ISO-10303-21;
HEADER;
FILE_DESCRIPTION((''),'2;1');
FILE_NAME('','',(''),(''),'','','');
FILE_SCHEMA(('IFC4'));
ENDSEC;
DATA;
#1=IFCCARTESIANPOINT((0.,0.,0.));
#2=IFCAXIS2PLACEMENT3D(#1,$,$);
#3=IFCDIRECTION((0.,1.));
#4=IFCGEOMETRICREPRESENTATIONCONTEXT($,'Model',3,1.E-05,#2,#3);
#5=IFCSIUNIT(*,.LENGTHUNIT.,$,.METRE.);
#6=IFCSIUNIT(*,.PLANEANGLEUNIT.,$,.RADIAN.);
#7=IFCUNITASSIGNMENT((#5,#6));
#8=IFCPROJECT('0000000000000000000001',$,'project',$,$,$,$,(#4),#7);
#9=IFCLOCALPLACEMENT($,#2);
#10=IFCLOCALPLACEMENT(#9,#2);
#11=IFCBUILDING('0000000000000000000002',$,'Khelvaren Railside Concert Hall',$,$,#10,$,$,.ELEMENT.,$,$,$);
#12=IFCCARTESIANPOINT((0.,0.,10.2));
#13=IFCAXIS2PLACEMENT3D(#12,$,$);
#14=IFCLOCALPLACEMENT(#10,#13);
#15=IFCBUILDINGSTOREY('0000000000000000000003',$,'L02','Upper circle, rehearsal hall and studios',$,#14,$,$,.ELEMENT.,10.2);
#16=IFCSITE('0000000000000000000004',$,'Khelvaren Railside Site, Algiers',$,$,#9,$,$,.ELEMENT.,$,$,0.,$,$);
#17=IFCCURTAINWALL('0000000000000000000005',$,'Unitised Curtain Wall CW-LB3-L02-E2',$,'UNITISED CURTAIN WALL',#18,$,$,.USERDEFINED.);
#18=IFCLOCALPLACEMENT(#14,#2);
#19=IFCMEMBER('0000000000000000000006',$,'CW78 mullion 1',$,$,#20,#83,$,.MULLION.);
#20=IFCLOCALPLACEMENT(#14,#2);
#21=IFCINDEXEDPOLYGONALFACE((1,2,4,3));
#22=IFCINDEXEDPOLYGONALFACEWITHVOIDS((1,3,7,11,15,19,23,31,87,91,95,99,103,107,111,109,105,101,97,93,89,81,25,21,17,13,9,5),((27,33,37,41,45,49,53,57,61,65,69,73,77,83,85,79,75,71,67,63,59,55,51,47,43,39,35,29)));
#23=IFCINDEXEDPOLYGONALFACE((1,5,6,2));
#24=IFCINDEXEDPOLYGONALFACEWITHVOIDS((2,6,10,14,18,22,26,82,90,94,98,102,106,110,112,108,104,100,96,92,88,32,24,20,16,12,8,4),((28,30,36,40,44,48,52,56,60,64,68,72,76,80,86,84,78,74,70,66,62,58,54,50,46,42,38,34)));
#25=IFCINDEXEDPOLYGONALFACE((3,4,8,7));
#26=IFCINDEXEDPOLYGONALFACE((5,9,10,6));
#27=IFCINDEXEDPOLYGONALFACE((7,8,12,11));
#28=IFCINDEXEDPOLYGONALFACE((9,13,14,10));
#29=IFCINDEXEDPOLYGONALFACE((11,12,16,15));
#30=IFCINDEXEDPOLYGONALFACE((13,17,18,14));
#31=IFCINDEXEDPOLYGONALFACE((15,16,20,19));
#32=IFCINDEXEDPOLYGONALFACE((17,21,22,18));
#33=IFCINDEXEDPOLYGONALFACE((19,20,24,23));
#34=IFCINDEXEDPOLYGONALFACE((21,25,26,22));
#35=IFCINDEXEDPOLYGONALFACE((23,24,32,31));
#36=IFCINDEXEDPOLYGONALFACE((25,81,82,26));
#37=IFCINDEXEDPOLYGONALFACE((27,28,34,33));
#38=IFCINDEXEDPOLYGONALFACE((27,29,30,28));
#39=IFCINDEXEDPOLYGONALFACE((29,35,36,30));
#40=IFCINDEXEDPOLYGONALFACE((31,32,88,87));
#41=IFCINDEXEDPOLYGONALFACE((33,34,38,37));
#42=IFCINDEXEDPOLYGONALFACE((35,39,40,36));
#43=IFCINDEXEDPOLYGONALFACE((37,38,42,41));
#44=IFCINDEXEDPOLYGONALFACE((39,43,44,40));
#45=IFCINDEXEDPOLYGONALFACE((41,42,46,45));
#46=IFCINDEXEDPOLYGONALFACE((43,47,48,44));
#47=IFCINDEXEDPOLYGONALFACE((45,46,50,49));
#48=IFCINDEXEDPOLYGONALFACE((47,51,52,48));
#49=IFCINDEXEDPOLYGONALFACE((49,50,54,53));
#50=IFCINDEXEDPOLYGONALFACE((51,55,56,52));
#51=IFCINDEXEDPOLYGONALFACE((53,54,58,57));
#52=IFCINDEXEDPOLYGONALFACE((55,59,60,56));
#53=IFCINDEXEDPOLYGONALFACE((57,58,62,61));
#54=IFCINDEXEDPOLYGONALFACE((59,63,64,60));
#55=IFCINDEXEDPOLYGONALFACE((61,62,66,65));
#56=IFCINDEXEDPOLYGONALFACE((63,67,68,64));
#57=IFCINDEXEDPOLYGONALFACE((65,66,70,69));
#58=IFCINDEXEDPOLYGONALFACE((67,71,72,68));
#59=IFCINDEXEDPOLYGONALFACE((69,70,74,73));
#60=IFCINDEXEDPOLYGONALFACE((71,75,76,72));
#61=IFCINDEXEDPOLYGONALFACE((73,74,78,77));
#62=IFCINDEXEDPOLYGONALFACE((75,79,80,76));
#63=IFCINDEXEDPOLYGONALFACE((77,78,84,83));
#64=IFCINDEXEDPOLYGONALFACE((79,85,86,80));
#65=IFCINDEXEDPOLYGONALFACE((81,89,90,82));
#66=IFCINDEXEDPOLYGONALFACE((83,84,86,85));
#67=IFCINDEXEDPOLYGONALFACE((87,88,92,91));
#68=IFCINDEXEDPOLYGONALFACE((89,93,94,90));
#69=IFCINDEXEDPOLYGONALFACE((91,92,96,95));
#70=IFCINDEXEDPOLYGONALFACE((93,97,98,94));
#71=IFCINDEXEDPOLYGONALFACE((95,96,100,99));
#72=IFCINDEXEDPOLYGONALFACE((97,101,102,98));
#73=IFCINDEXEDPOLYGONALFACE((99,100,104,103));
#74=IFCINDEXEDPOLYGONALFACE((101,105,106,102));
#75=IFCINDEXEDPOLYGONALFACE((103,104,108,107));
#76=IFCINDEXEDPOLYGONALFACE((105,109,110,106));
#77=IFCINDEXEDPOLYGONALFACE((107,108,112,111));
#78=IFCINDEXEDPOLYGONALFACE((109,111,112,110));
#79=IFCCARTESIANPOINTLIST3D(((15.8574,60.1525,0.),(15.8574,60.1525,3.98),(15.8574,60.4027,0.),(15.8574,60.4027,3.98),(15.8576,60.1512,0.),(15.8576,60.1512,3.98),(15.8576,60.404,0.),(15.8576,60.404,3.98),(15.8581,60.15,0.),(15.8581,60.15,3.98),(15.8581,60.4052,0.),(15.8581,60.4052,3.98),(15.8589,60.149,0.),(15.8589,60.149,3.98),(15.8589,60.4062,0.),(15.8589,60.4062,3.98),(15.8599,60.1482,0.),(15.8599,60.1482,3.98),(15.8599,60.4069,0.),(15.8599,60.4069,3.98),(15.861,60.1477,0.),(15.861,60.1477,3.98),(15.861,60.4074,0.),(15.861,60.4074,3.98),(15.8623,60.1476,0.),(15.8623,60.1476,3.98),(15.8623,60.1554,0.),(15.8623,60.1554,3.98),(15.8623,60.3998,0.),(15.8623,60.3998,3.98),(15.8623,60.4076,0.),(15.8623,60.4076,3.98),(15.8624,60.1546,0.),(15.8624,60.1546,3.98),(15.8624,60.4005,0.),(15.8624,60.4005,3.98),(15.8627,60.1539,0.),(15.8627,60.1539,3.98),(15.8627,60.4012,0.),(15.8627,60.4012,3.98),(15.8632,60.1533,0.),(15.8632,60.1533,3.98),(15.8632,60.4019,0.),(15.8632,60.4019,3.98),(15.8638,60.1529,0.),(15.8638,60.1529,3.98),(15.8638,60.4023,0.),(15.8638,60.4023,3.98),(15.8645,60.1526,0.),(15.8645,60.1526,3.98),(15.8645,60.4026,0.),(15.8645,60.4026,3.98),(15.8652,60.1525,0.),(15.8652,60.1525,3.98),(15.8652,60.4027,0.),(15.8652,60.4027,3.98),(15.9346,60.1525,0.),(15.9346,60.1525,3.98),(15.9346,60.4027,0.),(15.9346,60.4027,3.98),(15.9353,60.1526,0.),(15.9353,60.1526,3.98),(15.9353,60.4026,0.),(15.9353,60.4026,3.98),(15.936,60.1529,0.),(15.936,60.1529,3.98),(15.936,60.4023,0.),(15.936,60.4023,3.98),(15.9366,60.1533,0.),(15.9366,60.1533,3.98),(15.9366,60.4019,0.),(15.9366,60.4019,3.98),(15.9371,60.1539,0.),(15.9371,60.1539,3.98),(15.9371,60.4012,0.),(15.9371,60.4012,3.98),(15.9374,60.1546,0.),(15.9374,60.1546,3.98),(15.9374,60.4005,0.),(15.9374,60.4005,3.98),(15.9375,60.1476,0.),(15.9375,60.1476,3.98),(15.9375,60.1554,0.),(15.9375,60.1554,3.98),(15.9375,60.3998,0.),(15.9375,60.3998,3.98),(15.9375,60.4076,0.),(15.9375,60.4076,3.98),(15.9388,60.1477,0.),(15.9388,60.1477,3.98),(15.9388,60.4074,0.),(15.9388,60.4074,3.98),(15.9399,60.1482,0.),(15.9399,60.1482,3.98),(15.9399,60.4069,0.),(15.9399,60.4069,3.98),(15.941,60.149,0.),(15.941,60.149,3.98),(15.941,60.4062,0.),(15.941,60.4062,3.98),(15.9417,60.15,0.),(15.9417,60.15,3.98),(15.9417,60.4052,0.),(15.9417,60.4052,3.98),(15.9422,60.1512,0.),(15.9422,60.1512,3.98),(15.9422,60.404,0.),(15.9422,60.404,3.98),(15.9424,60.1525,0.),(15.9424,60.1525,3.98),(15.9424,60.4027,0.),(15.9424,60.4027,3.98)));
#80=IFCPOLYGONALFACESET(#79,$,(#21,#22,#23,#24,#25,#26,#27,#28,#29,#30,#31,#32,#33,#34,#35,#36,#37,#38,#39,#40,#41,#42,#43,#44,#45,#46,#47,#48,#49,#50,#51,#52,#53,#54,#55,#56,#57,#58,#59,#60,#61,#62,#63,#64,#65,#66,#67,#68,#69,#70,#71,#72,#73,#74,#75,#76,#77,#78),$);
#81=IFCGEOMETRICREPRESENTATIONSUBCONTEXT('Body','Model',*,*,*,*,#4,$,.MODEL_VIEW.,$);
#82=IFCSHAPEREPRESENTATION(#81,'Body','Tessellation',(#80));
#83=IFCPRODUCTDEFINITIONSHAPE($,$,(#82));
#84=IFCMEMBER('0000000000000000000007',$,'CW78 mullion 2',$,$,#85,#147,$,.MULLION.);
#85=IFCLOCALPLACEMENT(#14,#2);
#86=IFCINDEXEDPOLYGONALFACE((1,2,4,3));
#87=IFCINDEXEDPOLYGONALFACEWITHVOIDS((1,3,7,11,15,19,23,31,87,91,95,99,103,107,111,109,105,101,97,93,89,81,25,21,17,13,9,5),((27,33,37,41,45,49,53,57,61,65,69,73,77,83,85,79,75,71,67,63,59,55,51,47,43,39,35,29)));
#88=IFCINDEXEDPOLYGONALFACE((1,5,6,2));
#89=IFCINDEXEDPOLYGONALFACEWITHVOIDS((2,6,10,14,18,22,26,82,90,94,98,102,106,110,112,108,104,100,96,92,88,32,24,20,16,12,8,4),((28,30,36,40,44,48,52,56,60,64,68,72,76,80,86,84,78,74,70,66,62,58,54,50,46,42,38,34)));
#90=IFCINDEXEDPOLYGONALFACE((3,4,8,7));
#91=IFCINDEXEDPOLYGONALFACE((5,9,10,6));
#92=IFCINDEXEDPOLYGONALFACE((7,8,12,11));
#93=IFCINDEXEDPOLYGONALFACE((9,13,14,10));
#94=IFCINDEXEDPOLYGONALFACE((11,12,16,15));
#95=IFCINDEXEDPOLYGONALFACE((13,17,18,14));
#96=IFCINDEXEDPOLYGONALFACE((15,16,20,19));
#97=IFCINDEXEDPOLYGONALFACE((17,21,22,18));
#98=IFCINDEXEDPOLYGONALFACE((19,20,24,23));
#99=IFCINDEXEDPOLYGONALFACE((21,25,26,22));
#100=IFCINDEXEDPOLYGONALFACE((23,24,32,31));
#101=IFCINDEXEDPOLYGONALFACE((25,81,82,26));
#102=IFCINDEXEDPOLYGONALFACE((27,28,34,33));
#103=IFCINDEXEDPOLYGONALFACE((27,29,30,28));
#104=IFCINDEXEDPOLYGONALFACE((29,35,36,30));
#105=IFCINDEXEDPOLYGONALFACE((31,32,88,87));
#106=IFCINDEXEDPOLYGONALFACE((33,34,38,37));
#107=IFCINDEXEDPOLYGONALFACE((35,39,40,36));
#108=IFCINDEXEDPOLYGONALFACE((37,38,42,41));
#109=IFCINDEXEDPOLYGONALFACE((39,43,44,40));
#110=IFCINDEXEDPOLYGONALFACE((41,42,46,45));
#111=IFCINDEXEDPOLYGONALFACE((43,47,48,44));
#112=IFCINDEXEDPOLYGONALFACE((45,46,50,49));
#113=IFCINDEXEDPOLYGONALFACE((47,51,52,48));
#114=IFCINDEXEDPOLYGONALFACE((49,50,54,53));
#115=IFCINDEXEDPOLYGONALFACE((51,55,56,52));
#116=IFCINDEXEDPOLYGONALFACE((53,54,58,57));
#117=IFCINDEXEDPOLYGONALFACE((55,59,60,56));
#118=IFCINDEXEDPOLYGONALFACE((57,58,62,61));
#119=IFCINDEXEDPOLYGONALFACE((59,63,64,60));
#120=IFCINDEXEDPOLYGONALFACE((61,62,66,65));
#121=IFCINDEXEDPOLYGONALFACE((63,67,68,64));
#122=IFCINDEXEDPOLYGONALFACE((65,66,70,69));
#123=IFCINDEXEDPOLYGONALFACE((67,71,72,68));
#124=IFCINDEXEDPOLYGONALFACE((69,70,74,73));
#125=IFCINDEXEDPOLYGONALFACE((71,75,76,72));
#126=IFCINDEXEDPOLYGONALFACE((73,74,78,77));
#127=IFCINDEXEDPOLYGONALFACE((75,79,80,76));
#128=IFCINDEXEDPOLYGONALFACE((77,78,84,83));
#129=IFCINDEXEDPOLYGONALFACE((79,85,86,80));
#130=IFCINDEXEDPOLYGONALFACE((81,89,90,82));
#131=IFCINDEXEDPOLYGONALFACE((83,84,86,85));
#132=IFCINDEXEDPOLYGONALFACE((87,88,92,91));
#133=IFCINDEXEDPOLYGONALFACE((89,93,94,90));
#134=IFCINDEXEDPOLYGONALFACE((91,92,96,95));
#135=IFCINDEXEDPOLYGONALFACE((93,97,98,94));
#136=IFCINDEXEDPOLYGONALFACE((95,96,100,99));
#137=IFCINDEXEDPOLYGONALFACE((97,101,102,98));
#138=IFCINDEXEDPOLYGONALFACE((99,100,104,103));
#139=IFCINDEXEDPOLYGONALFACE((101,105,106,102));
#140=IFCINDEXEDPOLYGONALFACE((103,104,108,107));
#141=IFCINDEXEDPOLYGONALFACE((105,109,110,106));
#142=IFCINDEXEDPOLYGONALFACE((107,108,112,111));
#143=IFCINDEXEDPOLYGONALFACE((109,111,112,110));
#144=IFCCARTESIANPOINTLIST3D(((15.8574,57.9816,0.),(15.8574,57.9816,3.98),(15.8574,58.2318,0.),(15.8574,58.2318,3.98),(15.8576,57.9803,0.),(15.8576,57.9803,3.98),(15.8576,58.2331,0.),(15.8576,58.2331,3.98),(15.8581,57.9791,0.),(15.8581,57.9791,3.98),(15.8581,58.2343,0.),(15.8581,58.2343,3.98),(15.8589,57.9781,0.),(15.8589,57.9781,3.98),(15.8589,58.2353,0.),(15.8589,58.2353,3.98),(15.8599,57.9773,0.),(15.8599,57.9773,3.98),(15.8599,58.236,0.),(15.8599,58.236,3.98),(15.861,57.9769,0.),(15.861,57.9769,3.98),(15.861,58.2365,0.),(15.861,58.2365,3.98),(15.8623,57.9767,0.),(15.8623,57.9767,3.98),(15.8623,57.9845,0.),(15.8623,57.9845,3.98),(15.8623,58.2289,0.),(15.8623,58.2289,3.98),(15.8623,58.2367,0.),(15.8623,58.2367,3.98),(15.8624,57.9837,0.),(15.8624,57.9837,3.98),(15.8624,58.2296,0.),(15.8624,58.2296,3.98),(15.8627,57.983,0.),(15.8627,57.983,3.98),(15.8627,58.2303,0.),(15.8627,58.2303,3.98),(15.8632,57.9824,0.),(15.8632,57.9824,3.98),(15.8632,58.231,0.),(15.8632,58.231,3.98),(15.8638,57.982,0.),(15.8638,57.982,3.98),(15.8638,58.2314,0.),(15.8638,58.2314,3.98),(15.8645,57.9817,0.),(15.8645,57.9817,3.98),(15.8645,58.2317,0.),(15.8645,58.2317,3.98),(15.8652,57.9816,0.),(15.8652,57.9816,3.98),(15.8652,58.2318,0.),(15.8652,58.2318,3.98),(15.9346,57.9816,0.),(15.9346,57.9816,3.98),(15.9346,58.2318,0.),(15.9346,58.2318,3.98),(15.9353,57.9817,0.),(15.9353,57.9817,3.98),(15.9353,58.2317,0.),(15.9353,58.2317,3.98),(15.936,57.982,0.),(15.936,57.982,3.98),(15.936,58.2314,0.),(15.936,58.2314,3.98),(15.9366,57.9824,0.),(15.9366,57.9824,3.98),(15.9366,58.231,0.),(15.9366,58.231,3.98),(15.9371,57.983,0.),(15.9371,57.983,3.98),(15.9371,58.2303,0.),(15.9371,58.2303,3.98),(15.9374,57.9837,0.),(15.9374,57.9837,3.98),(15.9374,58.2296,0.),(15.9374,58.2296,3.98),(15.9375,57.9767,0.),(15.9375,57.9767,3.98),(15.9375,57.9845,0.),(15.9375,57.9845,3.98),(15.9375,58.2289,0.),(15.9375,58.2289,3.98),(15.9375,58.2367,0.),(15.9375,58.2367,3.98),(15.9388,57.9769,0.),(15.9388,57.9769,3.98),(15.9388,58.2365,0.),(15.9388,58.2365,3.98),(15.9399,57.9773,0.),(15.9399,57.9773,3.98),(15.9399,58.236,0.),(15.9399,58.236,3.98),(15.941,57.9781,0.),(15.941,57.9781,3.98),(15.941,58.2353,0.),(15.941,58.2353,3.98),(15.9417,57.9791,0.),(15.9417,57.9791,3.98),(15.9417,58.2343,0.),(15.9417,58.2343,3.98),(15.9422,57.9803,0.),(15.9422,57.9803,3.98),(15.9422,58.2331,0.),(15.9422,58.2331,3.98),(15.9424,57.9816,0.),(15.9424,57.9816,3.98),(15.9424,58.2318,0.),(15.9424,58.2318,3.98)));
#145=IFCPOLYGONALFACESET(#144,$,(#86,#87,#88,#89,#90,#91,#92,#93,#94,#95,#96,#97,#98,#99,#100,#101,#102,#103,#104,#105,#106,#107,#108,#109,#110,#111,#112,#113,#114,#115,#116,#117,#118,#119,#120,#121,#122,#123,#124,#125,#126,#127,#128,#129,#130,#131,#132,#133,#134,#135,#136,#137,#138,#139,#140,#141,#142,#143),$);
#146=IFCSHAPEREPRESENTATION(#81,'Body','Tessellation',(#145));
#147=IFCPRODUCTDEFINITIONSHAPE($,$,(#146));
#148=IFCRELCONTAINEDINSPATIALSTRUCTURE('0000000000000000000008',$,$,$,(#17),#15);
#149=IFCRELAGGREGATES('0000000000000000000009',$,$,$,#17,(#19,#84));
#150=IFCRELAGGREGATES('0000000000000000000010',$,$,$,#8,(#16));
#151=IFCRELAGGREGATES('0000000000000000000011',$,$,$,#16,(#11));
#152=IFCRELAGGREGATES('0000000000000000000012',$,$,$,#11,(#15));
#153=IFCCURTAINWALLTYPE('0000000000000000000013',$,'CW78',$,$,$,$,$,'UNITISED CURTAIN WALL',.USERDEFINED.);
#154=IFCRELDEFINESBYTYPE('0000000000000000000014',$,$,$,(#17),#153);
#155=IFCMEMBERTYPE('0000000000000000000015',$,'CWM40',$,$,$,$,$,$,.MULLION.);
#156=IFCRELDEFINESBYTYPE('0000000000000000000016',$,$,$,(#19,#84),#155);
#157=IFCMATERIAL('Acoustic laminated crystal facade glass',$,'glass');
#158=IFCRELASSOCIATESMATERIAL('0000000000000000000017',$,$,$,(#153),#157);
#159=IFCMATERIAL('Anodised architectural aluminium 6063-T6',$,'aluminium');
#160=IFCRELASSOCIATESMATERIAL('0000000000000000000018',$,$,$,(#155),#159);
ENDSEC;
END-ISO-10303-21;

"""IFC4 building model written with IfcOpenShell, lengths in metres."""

from ifc_helpers import new_model, si_unit, direction, frame, origin, origin_2d, place, context, subcontext, project, spatial, hollow_rectangle, extrude, material, material_profile, profile_set, type_object, element, aggregate, save


model = new_model("IFC4")

# Units and contexts
model_context = context("Model", 3, precision=1e-05, world=origin(), true_north=direction((0.0, 1.0)))
body_context = subcontext(model_context, "Body", "Model", "MODEL_VIEW")
ifc_project = project(units=[si_unit("LENGTHUNIT", "METRE"), si_unit("PLANEANGLEUNIT", "RADIAN")], contexts=[model_context])

# Site, building, storey
site_placement = place(None, origin())
site = spatial("IfcSite", under=ifc_project, at=site_placement, Name="Khelvaren Railside Site, Algiers", CompositionType="ELEMENT", RefElevation=0.0)
building_placement = place(site_placement, origin())
building = spatial("IfcBuilding", under=site, at=building_placement, Name="Khelvaren Railside Concert Hall", CompositionType="ELEMENT")
storey_placement = place(building_placement, frame((0.0, 0.0, 10.2)))
storey = spatial("IfcBuildingStorey", under=building, at=storey_placement, Name="L02", Description="Upper circle, rehearsal hall and studios", CompositionType="ELEMENT", Elevation=10.2)

# Curtain wall, members
ifc_material_1 = material(Name="Acoustic laminated crystal facade glass", Category="glass")
curtain_wall_type = type_object("IfcCurtainWallType", Name="CW78", ElementType="UNITISED CURTAIN WALL", PredefinedType="USERDEFINED", material=ifc_material_1)
curtain_wall_1_placement = place(storey_placement, origin())
curtain_wall_1 = element("IfcCurtainWall", 1, at=curtain_wall_1_placement, inside=storey, type_object=curtain_wall_type, Name="Unitised Curtain Wall CW-LB3-L02-E2", ObjectType="UNITISED CURTAIN WALL", PredefinedType="USERDEFINED")
ifc_material_2 = material(Name="Anodised architectural aluminium 6063-T6", Category="aluminium")
ifc_material_profile_1 = material_profile(ifc_material_2, hollow_rectangle(XDim=0.085, YDim=0.26, WallThickness=0.0049, InnerFilletRadius=0.0029, OuterFilletRadius=0.0049, at=origin_2d()), Name="CWM 85x260x5")
ifc_profile_set_1 = profile_set([ifc_material_profile_1], Name="Anodised architectural aluminium 6063-T6")
member_type_1 = type_object("IfcMemberType", Name="CWM40", PredefinedType="MULLION", material=ifc_profile_set_1)
member_1_placement = place(storey_placement, frame((15.8999, 60.2776, 0.0), z_axis=(0.0, 0.0, 1.0), x_axis=(1.0, 0.0, 0.0)))
member_1 = element("IfcMember", 2, at=member_1_placement, type_object=member_type_1, Name="CW78 mullion 1", PredefinedType="MULLION", context=body_context, shape_type="SweptSolid", body=[
    extrude(hollow_rectangle(XDim=0.085, YDim=0.26, WallThickness=0.0049, InnerFilletRadius=0.0029, OuterFilletRadius=0.0049, at=origin_2d()), origin(), (0.0, 0.0, 1.0), 3.98),
])
member_2_placement = place(storey_placement, frame((15.8999, 58.1067, 0.0), z_axis=(0.0, 0.0, 1.0), x_axis=(1.0, 0.0, 0.0)))
member_2 = element("IfcMember", 3, at=member_2_placement, type_object=member_type_1, Name="CW78 mullion 2", PredefinedType="MULLION", context=body_context, shape_type="SweptSolid", body=[
    extrude(hollow_rectangle(XDim=0.085, YDim=0.26, WallThickness=0.0049, InnerFilletRadius=0.0029, OuterFilletRadius=0.0049, at=origin_2d()), origin(), (0.0, 0.0, 1.0), 3.98),
])

aggregate(curtain_wall_1, [member_1, member_2])

save(model, "model.ifc")
